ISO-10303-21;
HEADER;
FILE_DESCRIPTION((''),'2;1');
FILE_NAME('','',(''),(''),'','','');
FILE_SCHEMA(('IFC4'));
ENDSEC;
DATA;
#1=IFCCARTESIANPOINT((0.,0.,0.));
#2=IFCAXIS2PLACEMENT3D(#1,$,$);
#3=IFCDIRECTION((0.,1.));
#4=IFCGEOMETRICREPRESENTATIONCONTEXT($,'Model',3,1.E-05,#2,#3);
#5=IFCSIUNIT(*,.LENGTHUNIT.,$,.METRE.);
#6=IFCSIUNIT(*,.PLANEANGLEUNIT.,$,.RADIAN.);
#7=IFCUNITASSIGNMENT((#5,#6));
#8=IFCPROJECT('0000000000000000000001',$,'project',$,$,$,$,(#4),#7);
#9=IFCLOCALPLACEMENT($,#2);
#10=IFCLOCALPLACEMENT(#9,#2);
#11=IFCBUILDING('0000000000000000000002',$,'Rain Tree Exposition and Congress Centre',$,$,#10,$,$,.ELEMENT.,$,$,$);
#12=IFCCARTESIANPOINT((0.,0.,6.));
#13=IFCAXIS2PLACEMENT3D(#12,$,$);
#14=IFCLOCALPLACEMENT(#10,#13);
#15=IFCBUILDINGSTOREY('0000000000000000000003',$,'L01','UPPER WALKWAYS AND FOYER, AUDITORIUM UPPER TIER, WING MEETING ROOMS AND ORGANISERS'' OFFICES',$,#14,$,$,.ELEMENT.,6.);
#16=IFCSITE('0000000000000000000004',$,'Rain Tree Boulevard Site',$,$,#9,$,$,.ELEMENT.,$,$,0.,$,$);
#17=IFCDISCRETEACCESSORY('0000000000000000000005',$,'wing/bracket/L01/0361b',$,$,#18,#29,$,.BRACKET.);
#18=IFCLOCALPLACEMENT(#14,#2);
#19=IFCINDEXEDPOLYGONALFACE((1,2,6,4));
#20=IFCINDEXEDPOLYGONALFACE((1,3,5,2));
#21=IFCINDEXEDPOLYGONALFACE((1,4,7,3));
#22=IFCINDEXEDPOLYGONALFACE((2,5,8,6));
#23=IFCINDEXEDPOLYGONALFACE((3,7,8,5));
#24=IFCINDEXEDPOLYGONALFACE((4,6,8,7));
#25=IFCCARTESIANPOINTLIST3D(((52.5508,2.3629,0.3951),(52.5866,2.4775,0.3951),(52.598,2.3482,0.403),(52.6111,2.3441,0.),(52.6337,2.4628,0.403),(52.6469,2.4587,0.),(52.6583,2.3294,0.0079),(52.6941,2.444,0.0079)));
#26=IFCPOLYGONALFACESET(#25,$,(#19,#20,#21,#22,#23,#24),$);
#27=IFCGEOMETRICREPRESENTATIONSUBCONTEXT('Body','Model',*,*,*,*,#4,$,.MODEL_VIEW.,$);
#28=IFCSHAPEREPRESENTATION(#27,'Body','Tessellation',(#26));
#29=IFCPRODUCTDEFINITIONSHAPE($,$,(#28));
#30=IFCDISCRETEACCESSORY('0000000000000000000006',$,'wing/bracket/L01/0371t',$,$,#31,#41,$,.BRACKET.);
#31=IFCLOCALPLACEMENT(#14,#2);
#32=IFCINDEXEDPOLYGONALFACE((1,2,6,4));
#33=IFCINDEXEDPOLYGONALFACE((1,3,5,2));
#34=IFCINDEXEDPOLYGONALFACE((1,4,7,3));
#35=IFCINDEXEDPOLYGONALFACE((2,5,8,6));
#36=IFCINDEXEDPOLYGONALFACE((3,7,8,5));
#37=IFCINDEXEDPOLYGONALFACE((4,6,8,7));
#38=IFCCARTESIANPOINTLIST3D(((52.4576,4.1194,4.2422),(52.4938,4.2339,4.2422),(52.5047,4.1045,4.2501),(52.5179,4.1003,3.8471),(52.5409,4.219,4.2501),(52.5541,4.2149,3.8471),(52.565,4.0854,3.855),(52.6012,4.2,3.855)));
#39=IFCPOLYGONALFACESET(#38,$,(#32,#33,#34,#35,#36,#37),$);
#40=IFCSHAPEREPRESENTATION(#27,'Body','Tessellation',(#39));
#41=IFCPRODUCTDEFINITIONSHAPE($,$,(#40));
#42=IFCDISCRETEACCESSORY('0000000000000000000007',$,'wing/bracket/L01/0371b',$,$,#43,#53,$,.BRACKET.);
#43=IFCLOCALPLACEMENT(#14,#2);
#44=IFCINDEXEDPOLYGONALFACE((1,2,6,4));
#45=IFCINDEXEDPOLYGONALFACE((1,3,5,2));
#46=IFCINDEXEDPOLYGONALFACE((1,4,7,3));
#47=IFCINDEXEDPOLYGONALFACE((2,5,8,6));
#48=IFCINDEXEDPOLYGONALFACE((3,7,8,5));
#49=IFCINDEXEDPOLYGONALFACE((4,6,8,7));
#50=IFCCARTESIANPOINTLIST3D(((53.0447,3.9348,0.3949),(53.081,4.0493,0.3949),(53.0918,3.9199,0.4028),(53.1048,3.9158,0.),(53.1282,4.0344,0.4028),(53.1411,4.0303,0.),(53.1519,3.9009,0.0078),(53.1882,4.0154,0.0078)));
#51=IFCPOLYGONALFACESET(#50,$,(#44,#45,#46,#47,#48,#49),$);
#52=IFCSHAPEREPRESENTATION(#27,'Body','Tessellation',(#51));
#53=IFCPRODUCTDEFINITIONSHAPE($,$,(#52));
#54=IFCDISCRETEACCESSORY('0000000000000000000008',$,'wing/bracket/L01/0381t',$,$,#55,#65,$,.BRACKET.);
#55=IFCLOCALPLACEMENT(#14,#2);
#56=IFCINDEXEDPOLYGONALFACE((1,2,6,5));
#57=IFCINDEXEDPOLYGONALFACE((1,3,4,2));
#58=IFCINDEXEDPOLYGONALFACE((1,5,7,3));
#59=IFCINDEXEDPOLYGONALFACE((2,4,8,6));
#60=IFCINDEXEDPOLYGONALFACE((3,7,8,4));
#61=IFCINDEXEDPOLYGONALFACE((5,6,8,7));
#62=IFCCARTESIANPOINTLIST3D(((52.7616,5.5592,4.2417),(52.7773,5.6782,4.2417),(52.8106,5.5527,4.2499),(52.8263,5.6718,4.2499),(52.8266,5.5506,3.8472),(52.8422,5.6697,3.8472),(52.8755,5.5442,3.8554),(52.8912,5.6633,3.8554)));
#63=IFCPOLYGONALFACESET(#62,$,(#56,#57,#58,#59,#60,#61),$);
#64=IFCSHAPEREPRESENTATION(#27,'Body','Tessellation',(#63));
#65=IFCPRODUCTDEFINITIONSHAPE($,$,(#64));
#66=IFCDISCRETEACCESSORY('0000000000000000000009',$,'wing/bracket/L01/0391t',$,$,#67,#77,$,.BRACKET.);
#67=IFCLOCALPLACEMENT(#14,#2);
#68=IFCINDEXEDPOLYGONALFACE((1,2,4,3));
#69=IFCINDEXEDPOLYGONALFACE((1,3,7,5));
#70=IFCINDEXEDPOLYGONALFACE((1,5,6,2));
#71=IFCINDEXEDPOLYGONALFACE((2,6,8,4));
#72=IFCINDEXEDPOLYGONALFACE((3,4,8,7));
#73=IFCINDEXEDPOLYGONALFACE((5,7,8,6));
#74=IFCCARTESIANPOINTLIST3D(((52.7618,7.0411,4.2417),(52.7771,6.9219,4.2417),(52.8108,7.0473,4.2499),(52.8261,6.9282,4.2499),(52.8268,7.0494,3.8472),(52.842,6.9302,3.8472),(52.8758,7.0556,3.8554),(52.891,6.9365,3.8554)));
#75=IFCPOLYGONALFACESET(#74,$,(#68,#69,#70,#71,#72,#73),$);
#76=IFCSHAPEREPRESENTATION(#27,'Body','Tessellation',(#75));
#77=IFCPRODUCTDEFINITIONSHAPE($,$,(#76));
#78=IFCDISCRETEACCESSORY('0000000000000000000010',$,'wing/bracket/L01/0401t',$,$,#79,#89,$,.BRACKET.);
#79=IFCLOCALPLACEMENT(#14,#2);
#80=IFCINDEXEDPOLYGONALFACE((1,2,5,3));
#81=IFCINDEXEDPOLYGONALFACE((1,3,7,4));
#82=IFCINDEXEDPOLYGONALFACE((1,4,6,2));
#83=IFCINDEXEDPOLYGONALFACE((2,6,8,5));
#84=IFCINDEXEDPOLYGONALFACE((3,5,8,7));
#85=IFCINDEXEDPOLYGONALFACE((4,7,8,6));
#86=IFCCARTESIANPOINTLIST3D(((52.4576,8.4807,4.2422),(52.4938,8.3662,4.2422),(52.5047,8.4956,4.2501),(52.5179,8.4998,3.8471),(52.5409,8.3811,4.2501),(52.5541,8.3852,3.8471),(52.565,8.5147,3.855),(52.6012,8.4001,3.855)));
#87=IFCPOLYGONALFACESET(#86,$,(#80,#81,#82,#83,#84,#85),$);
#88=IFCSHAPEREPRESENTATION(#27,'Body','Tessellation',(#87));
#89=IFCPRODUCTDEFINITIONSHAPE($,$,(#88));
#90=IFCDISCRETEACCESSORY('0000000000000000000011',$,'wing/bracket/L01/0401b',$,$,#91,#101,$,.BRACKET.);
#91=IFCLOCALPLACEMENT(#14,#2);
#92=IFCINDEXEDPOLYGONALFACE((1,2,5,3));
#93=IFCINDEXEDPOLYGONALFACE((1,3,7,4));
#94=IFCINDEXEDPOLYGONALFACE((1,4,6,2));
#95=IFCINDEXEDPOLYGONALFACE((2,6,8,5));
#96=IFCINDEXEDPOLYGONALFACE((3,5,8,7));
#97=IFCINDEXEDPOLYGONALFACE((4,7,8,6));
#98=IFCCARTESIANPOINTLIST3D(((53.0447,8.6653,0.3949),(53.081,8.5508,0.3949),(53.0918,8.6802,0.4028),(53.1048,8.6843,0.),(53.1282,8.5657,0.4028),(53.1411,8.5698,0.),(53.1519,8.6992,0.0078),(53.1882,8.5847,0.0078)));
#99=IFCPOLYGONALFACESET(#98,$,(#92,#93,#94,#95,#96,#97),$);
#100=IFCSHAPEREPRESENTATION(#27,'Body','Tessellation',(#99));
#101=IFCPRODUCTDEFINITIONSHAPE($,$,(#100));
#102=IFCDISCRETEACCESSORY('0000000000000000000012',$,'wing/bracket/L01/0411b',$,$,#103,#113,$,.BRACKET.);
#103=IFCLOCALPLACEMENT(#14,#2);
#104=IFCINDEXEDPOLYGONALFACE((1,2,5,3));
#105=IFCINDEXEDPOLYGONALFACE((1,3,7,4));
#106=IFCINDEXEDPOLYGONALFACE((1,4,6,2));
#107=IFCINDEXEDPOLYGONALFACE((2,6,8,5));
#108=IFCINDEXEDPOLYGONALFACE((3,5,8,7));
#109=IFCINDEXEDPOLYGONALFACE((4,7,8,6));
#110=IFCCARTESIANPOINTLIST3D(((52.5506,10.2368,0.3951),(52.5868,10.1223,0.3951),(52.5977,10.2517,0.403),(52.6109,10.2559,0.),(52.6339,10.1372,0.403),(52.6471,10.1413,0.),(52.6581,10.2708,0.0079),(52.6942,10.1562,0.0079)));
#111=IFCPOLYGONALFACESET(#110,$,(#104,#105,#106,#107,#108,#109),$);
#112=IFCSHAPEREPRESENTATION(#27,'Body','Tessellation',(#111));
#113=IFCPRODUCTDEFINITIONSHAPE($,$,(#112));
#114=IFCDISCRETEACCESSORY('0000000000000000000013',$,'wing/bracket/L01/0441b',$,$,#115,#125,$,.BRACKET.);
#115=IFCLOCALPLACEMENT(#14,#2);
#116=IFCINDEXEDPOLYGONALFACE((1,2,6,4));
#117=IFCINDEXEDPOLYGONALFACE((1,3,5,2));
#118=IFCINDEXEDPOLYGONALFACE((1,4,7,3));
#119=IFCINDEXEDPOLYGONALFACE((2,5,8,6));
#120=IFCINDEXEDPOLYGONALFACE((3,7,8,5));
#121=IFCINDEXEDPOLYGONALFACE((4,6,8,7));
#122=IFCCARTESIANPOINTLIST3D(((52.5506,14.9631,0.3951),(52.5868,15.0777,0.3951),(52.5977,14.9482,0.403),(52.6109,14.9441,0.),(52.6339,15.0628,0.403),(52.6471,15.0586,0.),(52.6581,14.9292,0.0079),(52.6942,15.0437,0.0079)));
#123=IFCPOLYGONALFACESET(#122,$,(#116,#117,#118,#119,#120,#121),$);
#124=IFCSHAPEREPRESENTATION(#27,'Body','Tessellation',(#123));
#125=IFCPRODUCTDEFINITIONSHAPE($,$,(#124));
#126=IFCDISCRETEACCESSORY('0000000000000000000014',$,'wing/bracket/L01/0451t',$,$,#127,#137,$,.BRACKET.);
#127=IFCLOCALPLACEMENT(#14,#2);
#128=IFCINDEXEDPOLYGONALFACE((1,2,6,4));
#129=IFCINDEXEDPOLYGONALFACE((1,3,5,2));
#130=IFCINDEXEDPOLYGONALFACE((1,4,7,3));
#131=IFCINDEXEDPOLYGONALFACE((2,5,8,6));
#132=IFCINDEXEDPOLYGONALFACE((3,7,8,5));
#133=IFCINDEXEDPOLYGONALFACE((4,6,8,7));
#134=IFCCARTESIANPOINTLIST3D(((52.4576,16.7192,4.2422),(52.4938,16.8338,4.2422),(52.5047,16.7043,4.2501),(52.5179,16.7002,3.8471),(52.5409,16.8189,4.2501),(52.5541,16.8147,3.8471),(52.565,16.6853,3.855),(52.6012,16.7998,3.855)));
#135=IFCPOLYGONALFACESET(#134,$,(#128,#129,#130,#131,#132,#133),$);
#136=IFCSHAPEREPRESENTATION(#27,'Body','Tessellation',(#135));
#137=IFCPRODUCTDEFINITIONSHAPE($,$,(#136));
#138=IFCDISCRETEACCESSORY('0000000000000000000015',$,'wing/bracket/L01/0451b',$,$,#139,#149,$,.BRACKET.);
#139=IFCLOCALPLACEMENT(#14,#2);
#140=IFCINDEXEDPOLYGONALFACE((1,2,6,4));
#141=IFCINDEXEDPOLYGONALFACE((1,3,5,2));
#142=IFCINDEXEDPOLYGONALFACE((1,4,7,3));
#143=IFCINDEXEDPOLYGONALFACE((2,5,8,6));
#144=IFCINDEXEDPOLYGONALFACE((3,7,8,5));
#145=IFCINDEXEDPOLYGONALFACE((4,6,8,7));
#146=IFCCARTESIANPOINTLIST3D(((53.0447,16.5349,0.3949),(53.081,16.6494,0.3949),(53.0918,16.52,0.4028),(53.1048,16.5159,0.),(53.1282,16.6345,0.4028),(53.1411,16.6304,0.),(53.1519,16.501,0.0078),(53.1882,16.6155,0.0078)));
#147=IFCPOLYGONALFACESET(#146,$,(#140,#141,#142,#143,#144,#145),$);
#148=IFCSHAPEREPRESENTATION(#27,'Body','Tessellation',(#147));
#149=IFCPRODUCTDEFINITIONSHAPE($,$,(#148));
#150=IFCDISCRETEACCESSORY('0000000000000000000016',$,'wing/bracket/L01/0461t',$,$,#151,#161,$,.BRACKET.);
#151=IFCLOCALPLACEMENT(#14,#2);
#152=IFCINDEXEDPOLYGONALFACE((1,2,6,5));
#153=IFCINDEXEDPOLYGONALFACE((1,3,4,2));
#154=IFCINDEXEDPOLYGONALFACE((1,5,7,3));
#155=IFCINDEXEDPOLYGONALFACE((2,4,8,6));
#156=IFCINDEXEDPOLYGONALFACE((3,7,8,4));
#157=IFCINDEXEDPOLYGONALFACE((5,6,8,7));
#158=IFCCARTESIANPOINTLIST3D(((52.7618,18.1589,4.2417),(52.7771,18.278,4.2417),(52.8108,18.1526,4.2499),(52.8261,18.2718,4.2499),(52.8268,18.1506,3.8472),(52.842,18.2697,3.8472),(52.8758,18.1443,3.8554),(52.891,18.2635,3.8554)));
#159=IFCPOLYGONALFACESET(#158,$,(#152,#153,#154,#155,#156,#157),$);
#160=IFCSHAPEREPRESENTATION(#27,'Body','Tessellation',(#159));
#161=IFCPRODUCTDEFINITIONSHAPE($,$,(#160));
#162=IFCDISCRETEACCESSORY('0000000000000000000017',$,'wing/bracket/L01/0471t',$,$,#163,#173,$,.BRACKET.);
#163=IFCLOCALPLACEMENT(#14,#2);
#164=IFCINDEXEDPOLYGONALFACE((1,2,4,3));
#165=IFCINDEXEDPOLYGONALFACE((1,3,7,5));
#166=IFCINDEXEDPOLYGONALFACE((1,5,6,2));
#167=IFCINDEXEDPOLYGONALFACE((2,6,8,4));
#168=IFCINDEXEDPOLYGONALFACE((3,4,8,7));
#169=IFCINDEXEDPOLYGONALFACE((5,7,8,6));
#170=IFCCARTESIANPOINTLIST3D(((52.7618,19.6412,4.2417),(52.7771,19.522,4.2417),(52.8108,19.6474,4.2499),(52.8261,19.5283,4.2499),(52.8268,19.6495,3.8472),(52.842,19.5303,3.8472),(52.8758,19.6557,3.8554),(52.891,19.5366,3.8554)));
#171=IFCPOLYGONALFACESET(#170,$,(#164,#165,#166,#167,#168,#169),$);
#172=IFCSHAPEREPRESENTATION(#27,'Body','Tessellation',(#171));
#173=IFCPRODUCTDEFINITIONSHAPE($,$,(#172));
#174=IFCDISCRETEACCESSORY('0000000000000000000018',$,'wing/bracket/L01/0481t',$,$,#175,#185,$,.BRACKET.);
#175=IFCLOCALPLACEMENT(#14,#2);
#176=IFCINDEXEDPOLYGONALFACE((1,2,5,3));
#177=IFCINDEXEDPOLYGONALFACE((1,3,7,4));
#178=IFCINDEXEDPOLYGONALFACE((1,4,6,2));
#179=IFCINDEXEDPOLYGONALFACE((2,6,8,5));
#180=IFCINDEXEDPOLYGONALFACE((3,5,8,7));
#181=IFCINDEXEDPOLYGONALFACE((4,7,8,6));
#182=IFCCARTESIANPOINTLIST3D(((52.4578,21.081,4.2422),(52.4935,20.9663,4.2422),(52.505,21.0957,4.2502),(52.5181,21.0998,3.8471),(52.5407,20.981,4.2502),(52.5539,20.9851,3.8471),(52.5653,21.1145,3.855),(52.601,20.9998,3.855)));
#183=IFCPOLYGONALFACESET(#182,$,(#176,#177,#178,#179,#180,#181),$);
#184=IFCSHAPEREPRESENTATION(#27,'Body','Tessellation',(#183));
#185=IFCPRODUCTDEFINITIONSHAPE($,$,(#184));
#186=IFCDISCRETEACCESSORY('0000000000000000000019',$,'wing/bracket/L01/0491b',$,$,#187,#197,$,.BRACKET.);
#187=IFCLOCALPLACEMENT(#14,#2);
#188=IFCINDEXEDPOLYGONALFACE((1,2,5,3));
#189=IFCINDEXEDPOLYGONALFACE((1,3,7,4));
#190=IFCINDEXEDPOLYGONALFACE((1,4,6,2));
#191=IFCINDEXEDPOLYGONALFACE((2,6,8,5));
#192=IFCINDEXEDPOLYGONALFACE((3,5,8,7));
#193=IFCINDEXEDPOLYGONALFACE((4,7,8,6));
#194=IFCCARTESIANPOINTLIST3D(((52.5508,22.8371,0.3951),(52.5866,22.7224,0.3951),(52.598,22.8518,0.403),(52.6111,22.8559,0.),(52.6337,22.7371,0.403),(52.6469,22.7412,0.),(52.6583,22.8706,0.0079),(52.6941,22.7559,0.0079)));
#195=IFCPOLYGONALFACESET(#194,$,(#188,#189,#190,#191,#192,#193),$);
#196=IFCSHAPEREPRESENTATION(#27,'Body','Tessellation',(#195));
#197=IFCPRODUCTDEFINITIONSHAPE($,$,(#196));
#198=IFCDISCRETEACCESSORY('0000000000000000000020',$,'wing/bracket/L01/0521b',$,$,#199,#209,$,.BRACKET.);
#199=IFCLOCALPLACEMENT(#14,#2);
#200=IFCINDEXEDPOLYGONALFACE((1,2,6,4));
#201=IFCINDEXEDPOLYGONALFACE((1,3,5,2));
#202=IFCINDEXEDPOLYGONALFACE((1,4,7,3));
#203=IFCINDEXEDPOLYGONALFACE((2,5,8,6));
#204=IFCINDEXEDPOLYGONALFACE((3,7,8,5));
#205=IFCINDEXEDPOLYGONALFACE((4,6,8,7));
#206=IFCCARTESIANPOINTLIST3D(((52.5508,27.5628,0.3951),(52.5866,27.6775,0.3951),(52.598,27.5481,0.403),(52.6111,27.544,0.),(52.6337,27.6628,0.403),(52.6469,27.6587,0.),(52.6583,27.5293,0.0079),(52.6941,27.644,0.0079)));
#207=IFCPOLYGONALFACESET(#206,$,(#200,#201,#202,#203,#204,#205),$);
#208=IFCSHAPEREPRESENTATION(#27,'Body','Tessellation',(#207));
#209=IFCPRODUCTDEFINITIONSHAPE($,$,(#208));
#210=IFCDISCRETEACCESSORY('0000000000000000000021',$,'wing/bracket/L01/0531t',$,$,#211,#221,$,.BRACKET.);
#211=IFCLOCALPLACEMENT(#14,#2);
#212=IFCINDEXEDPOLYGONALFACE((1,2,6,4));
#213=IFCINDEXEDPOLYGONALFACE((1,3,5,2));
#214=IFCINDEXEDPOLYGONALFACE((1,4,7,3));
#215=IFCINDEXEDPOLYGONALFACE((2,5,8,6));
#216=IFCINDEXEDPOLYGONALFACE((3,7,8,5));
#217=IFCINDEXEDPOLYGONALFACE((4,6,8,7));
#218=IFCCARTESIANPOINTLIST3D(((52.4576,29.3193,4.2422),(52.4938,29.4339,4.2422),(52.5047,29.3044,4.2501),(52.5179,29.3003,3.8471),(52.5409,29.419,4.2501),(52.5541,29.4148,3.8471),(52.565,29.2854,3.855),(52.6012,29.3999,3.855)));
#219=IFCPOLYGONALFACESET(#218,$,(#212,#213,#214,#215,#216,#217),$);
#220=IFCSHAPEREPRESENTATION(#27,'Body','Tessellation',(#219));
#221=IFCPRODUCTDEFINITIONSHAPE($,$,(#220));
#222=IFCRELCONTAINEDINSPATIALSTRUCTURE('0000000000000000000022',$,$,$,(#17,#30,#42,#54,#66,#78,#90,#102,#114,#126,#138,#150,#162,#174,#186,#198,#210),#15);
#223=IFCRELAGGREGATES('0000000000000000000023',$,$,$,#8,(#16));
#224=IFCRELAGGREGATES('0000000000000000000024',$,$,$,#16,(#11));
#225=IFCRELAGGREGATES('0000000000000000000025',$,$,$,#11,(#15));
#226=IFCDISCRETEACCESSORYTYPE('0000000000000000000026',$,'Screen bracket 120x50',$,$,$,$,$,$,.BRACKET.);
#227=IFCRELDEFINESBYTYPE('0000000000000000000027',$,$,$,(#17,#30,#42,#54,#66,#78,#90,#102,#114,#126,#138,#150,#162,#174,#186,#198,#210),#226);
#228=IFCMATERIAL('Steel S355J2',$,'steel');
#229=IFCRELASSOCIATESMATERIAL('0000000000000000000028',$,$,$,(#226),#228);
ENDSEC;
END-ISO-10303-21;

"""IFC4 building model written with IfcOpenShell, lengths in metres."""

from ifc_helpers import new_model, si_unit, direction, frame, origin, origin_2d, place, context, subcontext, project, spatial, rectangle, extrude, material, material_profile, profile_set, type_object, element, save


model = new_model("IFC4")

# Units and contexts
model_context = context("Model", 3, precision=1e-05, world=origin(), true_north=direction((0.0, 1.0)))
body_context = subcontext(model_context, "Body", "Model", "MODEL_VIEW")
ifc_project = project(units=[si_unit("LENGTHUNIT", "METRE"), si_unit("PLANEANGLEUNIT", "RADIAN")], contexts=[model_context])

# Site, building, storey
site_placement = place(None, origin())
site = spatial("IfcSite", under=ifc_project, at=site_placement, Name="Rain Tree Boulevard Site", CompositionType="ELEMENT", RefElevation=0.0)
building_placement = place(site_placement, origin())
building = spatial("IfcBuilding", under=site, at=building_placement, Name="Rain Tree Exposition and Congress Centre", CompositionType="ELEMENT")
storey_placement = place(building_placement, frame((0.0, 0.0, 6.0)))
storey = spatial("IfcBuildingStorey", under=building, at=storey_placement, Name="L01", Description="UPPER WALKWAYS AND FOYER, AUDITORIUM UPPER TIER, WING MEETING ROOMS AND ORGANISERS' OFFICES", CompositionType="ELEMENT", Elevation=6.0)

# Discrete accessories
ifc_material_1 = material(Name="Steel S355J2", Category="steel")
ifc_material_profile = material_profile(ifc_material_1, rectangle(XDim=0.1201, YDim=0.05, at=origin_2d()), Name="Flat bar 120x50")
ifc_profile_set = profile_set([ifc_material_profile], Name="Steel S355J2")
discrete_accessory_type = type_object("IfcDiscreteAccessoryType", Name="Screen bracket 120x50", PredefinedType="BRACKET", material=ifc_profile_set)
for number, where, z_axis, x_axis, name in (
    (1, (52.6526, 2.394, 0.0039), (-0.150743, 0.046993, 0.987456), (-0.297615, -0.954686, 0.0), "wing/bracket/L01/0361b"),
    (2, (52.5596, 4.1501, 3.8511), (-0.150738, 0.047602, 0.987427), (-0.301131, -0.953583, 0.0), "wing/bracket/L01/0371t"),
):
    element("IfcDiscreteAccessory", number, at=place(storey_placement, frame(where, z_axis=z_axis, x_axis=x_axis)), inside=storey, type_object=discrete_accessory_type, Name=name, PredefinedType="BRACKET", context=body_context, shape_type="SweptSolid", body=[
        extrude(rectangle(XDim=0.1201, YDim=0.05, at=origin_2d()), origin(), (0.0, 0.0, 1.0), 0.4001),
    ])
for number, where, z_axis, x_axis, name in (
    (3, (53.1465, 3.9656, 0.0039), (-0.150142, 0.047606, 0.987518), (-0.302244, -0.953231, 0.0), "wing/bracket/L01/0371b"),
    (4, (52.8589, 5.6069, 3.8513), (-0.162381, 0.021366, 0.986497), (-0.130455, -0.991454, 0.0), "wing/bracket/L01/0381t"),
    (5, (52.8589, 6.9929, 3.8513), (-0.162383, -0.020756, 0.986509), (0.126788, -0.99193, 0.0), "wing/bracket/L01/0391t"),
):
    element("IfcDiscreteAccessory", number, at=place(storey_placement, frame(where, z_axis=z_axis, x_axis=x_axis)), inside=storey, type_object=discrete_accessory_type, Name=name, PredefinedType="BRACKET", context=body_context, shape_type="SweptSolid", body=[
        extrude(rectangle(XDim=0.1201, YDim=0.05, at=origin_2d()), origin(), (0.0, 0.0, 1.0), 0.3999),
    ])
discrete_accessory_1_placement = place(storey_placement, frame((52.5596, 8.45, 3.8511), z_axis=(-0.150738, -0.047602, 0.987427), x_axis=(0.301131, -0.953583, 0.0)))
element("IfcDiscreteAccessory", 6, at=discrete_accessory_1_placement, inside=storey, type_object=discrete_accessory_type, Name="wing/bracket/L01/0401t", PredefinedType="BRACKET", context=body_context, shape_type="SweptSolid", body=[
    extrude(rectangle(XDim=0.1201, YDim=0.05, at=origin_2d()), origin(), (0.0, 0.0, 1.0), 0.4001),
])
discrete_accessory_2_placement = place(storey_placement, frame((53.1465, 8.6345, 0.0039), z_axis=(-0.150142, -0.047606, 0.987518), x_axis=(0.302244, -0.953231, 0.0)))
element("IfcDiscreteAccessory", 7, at=discrete_accessory_2_placement, inside=storey, type_object=discrete_accessory_type, Name="wing/bracket/L01/0401b", PredefinedType="BRACKET", context=body_context, shape_type="SweptSolid", body=[
    extrude(rectangle(XDim=0.1201, YDim=0.05, at=origin_2d()), origin(), (0.0, 0.0, 1.0), 0.3999),
])
for number, where, z_axis, x_axis, name in (
    (8, (52.6526, 10.2061, 0.0039), (-0.150738, -0.047602, 0.987427), (0.301131, -0.953583, 0.0), "wing/bracket/L01/0411b"),
    (9, (52.6526, 14.9939, 0.0039), (-0.150738, 0.047602, 0.987427), (-0.301131, -0.953583, 0.0), "wing/bracket/L01/0441b"),
    (10, (52.5596, 16.75, 3.8511), (-0.150738, 0.047602, 0.987427), (-0.301131, -0.953583, 0.0), "wing/bracket/L01/0451t"),
):
    element("IfcDiscreteAccessory", number, at=place(storey_placement, frame(where, z_axis=z_axis, x_axis=x_axis)), inside=storey, type_object=discrete_accessory_type, Name=name, PredefinedType="BRACKET", context=body_context, shape_type="SweptSolid", body=[
        extrude(rectangle(XDim=0.1201, YDim=0.05, at=origin_2d()), origin(), (0.0, 0.0, 1.0), 0.4001),
    ])
for number, where, z_axis, x_axis, name in (
    (11, (53.1465, 16.5657, 0.0039), (-0.150142, 0.047606, 0.987518), (-0.302244, -0.953231, 0.0), "wing/bracket/L01/0451b"),
    (12, (52.8589, 18.207, 3.8513), (-0.162383, 0.020756, 0.986509), (-0.126788, -0.99193, 0.0), "wing/bracket/L01/0461t"),
    (13, (52.8589, 19.593, 3.8513), (-0.162383, -0.020756, 0.986509), (0.126788, -0.99193, 0.0), "wing/bracket/L01/0471t"),
):
    element("IfcDiscreteAccessory", number, at=place(storey_placement, frame(where, z_axis=z_axis, x_axis=x_axis)), inside=storey, type_object=discrete_accessory_type, Name=name, PredefinedType="BRACKET", context=body_context, shape_type="SweptSolid", body=[
        extrude(rectangle(XDim=0.1201, YDim=0.05, at=origin_2d()), origin(), (0.0, 0.0, 1.0), 0.3999),
    ])
for number, where, z_axis, x_axis, name in (
    (14, (52.5596, 21.0498, 3.8511), (-0.150743, -0.046993, 0.987456), (0.297615, -0.954686, 0.0), "wing/bracket/L01/0481t"),
    (15, (52.6526, 22.8059, 0.0039), (-0.150743, -0.046993, 0.987456), (0.297615, -0.954686, 0.0), "wing/bracket/L01/0491b"),
    (16, (52.6526, 27.594, 0.0039), (-0.150743, 0.046993, 0.987456), (-0.297615, -0.954686, 0.0), "wing/bracket/L01/0521b"),
    (17, (52.5596, 29.3501, 3.8511), (-0.150738, 0.047602, 0.987427), (-0.301131, -0.953583, 0.0), "wing/bracket/L01/0531t"),
):
    element("IfcDiscreteAccessory", number, at=place(storey_placement, frame(where, z_axis=z_axis, x_axis=x_axis)), inside=storey, type_object=discrete_accessory_type, Name=name, PredefinedType="BRACKET", context=body_context, shape_type="SweptSolid", body=[
        extrude(rectangle(XDim=0.1201, YDim=0.05, at=origin_2d()), origin(), (0.0, 0.0, 1.0), 0.4001),
    ])

save(model, "model.ifc")
